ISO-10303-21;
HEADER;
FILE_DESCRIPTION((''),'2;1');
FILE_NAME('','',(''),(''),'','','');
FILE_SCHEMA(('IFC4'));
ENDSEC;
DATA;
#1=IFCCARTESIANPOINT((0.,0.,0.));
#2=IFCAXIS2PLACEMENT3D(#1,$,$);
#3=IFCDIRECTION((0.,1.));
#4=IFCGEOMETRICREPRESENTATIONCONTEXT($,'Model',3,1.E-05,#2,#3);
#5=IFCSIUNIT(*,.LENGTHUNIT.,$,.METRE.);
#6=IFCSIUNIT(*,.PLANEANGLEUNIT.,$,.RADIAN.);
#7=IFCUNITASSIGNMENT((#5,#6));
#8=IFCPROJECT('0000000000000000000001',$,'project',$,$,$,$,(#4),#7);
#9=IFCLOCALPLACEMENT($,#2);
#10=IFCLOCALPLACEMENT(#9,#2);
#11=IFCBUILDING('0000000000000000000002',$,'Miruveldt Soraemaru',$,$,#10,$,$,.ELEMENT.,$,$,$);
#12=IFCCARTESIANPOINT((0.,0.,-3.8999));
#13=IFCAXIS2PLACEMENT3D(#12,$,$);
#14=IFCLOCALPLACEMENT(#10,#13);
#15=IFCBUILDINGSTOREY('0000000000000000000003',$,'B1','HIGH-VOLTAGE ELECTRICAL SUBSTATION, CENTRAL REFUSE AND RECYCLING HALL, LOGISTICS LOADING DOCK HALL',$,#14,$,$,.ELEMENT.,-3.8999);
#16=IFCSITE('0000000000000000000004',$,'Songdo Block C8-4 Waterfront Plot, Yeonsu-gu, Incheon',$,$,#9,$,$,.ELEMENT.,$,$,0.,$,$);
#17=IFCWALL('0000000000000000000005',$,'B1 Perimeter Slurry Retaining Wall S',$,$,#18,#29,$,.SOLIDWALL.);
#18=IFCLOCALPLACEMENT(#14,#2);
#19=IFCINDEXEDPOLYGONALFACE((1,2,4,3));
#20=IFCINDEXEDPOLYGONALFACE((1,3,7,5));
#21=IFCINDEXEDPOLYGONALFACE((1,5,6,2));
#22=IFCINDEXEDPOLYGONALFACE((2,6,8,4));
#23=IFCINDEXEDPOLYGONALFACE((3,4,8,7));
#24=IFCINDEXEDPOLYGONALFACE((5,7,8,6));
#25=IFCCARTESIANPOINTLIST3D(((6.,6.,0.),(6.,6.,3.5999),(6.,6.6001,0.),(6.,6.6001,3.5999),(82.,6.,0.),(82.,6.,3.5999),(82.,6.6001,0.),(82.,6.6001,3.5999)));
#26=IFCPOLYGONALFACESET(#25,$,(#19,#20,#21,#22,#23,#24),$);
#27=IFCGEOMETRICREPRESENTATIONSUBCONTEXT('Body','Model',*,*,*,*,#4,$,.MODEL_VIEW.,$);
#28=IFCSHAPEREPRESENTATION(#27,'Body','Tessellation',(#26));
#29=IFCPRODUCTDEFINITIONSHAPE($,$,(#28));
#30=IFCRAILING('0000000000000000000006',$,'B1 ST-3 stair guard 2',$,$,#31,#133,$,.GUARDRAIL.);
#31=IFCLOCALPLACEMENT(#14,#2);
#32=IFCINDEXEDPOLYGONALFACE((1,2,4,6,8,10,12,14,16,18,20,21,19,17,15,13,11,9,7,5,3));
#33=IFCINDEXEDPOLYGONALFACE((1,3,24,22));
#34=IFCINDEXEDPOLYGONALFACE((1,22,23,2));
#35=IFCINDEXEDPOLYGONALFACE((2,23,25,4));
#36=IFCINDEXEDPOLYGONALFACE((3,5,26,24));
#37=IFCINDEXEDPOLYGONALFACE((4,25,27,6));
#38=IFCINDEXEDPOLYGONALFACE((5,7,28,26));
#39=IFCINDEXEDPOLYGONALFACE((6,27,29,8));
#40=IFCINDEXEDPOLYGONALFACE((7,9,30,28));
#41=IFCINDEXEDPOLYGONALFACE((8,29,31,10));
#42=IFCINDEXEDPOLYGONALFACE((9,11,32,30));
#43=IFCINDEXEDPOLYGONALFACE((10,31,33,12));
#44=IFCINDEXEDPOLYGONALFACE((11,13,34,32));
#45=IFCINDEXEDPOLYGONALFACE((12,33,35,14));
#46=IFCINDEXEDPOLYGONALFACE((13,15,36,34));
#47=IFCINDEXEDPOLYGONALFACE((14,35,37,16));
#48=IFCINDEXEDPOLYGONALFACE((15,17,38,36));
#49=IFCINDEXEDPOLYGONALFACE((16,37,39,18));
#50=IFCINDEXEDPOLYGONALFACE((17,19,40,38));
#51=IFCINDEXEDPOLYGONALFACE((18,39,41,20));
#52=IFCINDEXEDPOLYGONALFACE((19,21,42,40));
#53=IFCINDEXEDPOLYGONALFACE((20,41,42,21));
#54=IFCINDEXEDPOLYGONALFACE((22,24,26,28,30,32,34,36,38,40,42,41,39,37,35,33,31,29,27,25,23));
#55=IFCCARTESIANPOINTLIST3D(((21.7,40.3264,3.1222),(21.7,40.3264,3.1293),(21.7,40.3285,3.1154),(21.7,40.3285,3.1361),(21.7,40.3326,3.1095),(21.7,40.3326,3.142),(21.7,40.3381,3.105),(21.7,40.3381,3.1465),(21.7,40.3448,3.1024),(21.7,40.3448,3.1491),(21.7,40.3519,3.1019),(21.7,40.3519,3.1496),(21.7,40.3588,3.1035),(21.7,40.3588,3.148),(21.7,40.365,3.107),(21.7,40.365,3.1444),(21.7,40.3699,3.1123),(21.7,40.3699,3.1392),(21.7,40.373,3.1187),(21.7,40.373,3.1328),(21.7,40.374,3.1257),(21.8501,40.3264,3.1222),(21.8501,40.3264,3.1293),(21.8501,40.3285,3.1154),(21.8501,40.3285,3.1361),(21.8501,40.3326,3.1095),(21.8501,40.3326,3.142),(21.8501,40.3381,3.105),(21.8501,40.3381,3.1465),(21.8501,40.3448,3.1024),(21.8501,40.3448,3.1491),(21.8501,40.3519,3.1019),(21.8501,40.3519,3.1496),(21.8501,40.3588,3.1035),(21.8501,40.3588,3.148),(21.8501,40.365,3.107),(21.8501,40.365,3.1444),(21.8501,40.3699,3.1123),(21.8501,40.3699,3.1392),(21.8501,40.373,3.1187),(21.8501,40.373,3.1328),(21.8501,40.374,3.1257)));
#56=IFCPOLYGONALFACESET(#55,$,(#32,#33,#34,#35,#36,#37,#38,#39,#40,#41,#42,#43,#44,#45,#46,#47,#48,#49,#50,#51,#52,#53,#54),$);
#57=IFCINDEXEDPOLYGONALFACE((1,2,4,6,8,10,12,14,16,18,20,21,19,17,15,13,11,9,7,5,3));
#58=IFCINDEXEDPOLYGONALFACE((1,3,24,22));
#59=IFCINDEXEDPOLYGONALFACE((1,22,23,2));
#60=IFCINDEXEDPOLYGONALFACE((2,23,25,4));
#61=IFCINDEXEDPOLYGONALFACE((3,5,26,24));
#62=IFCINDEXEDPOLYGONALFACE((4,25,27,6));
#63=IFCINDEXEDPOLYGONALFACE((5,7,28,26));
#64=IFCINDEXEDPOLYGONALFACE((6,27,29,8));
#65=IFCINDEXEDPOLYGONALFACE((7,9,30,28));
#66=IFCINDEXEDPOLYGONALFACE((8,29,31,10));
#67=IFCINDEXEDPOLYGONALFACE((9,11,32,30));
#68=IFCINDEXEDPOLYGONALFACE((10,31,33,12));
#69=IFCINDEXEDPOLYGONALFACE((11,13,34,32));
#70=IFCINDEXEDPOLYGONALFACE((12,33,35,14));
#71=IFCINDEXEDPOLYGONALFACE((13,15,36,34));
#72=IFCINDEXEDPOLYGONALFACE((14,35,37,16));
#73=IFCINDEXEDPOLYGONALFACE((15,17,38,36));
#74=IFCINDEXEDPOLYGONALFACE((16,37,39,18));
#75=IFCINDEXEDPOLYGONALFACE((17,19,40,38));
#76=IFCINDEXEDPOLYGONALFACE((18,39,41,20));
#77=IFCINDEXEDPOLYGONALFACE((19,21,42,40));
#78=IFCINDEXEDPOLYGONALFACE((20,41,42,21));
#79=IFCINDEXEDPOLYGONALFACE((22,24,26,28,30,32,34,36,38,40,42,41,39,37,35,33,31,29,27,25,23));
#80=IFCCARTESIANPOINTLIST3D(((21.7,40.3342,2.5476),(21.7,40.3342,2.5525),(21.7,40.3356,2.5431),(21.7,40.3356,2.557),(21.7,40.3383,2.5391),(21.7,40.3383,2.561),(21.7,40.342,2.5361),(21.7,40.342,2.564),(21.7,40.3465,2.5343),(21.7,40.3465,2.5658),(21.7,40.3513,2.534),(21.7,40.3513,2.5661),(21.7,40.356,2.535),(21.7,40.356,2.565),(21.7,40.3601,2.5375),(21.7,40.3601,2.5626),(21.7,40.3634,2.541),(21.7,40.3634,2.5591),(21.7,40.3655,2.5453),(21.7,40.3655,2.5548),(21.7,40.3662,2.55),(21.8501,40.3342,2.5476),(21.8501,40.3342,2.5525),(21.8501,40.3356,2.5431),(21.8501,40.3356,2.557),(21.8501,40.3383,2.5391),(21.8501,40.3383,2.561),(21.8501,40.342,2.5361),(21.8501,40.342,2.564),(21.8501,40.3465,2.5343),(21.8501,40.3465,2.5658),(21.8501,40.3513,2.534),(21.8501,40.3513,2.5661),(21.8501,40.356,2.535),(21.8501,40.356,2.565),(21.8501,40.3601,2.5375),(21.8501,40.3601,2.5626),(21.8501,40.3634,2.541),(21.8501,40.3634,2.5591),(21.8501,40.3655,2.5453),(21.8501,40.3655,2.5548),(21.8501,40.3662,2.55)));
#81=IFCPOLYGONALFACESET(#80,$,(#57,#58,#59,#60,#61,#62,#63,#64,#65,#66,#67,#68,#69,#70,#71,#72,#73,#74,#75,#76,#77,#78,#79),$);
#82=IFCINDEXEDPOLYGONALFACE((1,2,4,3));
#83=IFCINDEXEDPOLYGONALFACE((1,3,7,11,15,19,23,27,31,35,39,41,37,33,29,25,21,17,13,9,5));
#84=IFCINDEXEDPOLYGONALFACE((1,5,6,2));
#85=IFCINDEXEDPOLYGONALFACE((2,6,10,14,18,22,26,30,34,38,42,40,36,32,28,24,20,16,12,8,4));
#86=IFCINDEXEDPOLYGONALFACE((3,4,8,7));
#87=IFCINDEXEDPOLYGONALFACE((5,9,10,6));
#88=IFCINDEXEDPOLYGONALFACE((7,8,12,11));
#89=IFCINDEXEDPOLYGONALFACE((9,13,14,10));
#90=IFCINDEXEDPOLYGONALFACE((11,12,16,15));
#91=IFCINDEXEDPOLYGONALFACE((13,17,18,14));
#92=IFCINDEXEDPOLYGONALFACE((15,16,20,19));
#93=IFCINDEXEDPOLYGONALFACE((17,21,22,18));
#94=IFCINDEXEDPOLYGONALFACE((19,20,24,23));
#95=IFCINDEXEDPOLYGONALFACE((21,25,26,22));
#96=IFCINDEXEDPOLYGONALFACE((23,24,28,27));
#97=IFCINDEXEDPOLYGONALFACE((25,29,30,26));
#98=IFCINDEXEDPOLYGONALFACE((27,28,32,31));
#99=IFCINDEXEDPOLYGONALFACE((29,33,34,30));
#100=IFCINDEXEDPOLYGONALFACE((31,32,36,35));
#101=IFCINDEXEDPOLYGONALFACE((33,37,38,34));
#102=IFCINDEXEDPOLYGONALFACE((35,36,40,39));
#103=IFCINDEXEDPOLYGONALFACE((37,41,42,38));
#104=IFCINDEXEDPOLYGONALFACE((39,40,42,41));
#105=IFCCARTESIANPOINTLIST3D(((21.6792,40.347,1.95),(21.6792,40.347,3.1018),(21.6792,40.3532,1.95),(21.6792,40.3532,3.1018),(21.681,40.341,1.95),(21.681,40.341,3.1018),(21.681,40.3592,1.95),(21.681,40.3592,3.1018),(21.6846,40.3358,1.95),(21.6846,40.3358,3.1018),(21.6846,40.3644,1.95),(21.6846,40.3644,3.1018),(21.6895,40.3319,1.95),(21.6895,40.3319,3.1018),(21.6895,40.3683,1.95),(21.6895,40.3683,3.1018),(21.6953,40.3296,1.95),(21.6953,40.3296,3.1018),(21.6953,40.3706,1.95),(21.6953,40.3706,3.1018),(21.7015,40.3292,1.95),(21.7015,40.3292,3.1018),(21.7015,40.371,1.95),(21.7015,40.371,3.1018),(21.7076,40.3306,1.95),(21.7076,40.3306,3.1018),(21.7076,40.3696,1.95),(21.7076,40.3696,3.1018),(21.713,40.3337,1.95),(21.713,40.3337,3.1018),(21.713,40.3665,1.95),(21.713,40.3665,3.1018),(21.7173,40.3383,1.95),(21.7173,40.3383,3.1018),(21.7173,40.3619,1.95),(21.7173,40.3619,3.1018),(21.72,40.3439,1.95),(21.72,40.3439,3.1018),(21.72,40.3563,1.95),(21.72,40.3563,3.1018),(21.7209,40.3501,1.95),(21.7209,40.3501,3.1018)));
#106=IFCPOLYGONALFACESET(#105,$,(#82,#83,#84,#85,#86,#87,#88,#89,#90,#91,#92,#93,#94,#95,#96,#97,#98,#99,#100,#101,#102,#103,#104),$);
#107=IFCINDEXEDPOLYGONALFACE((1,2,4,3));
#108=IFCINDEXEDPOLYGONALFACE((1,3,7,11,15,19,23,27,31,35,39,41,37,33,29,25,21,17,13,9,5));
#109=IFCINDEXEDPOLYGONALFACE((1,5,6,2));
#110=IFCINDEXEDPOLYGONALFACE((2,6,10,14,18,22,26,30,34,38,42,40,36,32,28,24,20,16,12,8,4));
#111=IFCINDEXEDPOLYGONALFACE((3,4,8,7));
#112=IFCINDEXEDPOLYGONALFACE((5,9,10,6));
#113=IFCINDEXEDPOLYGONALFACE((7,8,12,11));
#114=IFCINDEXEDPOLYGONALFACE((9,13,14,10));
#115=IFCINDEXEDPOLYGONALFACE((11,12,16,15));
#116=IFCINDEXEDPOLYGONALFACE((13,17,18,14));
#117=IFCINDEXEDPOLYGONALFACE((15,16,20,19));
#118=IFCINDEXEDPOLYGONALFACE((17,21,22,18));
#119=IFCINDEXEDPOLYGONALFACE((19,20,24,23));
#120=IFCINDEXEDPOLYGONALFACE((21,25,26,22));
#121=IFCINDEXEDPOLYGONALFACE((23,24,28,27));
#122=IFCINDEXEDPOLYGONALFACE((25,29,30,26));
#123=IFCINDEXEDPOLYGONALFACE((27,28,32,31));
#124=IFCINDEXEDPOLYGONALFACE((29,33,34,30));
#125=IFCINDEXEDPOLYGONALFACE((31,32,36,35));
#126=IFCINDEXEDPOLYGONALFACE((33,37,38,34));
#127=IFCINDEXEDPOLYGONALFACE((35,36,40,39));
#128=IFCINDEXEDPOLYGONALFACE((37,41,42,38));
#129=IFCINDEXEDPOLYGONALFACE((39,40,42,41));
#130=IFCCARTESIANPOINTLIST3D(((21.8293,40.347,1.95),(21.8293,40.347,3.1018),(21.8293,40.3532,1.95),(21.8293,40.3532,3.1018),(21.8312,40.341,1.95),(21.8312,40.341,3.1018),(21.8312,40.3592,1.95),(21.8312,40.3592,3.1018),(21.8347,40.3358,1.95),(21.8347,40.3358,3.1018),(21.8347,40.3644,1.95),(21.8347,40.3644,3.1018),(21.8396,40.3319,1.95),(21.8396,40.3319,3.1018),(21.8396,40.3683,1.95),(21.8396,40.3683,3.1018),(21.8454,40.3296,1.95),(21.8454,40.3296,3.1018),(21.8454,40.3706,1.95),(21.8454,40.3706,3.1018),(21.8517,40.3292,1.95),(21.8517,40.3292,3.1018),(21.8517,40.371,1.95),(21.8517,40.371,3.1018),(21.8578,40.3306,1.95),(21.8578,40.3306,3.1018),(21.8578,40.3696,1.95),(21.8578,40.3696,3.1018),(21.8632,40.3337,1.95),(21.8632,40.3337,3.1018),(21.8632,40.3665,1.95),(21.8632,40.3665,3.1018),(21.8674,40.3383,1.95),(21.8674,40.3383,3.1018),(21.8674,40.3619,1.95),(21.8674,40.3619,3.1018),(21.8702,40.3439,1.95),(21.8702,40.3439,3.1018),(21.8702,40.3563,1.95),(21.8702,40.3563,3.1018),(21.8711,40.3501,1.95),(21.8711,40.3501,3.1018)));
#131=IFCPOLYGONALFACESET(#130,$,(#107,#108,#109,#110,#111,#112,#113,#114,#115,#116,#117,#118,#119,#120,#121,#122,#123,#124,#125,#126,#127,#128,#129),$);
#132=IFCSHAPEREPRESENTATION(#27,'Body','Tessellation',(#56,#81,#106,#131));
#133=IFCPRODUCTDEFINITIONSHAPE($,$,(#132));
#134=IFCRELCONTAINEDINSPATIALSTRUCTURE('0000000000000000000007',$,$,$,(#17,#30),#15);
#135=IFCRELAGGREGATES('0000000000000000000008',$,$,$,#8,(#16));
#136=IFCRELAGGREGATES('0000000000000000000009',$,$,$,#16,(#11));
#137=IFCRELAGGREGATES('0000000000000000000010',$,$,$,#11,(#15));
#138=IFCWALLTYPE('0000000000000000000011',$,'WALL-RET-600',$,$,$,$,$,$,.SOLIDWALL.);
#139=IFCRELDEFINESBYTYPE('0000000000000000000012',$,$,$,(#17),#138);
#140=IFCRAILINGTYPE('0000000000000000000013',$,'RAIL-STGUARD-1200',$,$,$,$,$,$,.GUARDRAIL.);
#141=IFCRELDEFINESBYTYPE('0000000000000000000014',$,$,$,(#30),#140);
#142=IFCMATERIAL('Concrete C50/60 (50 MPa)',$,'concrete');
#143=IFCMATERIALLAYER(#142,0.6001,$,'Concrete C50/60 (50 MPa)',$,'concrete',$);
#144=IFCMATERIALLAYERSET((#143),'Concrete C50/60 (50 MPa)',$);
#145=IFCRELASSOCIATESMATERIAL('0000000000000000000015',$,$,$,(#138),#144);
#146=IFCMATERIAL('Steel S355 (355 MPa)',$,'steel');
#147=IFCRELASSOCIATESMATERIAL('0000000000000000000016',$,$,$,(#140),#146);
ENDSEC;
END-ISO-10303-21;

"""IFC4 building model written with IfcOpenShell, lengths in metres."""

from ifc_helpers import new_model, si_unit, direction, frame, frame_2d, origin, origin_2d, place, context, subcontext, project, spatial, rectangle, circle, extrude, material, layer, layer_set, type_object, element, save


model = new_model("IFC4")

# Units and contexts
model_context = context("Model", 3, precision=1e-05, world=origin(), true_north=direction((0.0, 1.0)))
body_context = subcontext(model_context, "Body", "Model", "MODEL_VIEW")
ifc_project = project(units=[si_unit("LENGTHUNIT", "METRE"), si_unit("PLANEANGLEUNIT", "RADIAN")], contexts=[model_context])

# Site, building, storey
site_placement = place(None, origin())
site = spatial("IfcSite", under=ifc_project, at=site_placement, Name="Songdo Block C8-4 Waterfront Plot, Yeonsu-gu, Incheon", CompositionType="ELEMENT", RefElevation=0.0)
building_placement = place(site_placement, origin())
building = spatial("IfcBuilding", under=site, at=building_placement, Name="Miruveldt Soraemaru", CompositionType="ELEMENT")
storey_placement = place(building_placement, frame((0.0, 0.0, -3.8999)))
storey = spatial("IfcBuildingStorey", under=building, at=storey_placement, Name="B1", Description="HIGH-VOLTAGE ELECTRICAL SUBSTATION, CENTRAL REFUSE AND RECYCLING HALL, LOGISTICS LOADING DOCK HALL", CompositionType="ELEMENT", Elevation=-3.8999)

# Shared definitions
ifc_material_1 = material(Name="Concrete C50/60 (50 MPa)", Category="concrete")

# Shared definitions
ifc_material_2 = material(Name="Steel S355 (355 MPa)", Category="steel")

# Wall
ifc_layer_1 = layer(ifc_material_1, 0.6001, Name="Concrete C50/60 (50 MPa)", Category="concrete")
ifc_layer_set_1 = layer_set([ifc_layer_1], Name="Concrete C50/60 (50 MPa)")
wall_type_1 = type_object("IfcWallType", Name="WALL-RET-600", PredefinedType="SOLIDWALL", material=ifc_layer_set_1)
wall_1_placement = place(storey_placement, frame((6.0, 6.3, 0.0), z_axis=(0.0, 0.0, 1.0), x_axis=(1.0, 0.0, 0.0)))
element("IfcWall", 1, at=wall_1_placement, inside=storey, type_object=wall_type_1, Name="B1 Perimeter Slurry Retaining Wall S", PredefinedType="SOLIDWALL", context=body_context, shape_type="SweptSolid", body=[
    extrude(rectangle(XDim=76.0, YDim=0.6001, at=frame_2d((38.0, 0.0))), origin(), (0.0, 0.0, 1.0), 3.5999),
])

# Railing
railing_type = type_object("IfcRailingType", Name="RAIL-STGUARD-1200", PredefinedType="GUARDRAIL", material=ifc_material_2)
railing_placement = place(storey_placement, frame((21.7, 40.3501, 1.95)))
element("IfcRailing", 2, at=railing_placement, inside=storey, type_object=railing_type, Name="B1 ST-3 stair guard 2", PredefinedType="GUARDRAIL", context=body_context, shape_type="SweptSolid", body=[
    extrude(circle(Radius=0.0239, at=origin_2d()), frame((0.0, 0.0, 1.1758), z_axis=(1.0, 0.0, 0.0), x_axis=(0.0, 1.0, 0.0)), (0.0, 0.0, 1.0), 0.1501),
    extrude(circle(Radius=0.0161, at=origin_2d()), frame((0.0, 0.0, 0.6001), z_axis=(1.0, 0.0, 0.0), x_axis=(0.0, 1.0, 0.0)), (0.0, 0.0, 1.0), 0.1501),
    extrude(circle(Radius=0.021, at=origin_2d()), origin(), (0.0, 0.0, 1.0), 1.1519),
    extrude(circle(Radius=0.021, at=origin_2d()), frame((0.1501, 0.0, 0.0)), (0.0, 0.0, 1.0), 1.1519),
])

save(model, "model.ifc")
